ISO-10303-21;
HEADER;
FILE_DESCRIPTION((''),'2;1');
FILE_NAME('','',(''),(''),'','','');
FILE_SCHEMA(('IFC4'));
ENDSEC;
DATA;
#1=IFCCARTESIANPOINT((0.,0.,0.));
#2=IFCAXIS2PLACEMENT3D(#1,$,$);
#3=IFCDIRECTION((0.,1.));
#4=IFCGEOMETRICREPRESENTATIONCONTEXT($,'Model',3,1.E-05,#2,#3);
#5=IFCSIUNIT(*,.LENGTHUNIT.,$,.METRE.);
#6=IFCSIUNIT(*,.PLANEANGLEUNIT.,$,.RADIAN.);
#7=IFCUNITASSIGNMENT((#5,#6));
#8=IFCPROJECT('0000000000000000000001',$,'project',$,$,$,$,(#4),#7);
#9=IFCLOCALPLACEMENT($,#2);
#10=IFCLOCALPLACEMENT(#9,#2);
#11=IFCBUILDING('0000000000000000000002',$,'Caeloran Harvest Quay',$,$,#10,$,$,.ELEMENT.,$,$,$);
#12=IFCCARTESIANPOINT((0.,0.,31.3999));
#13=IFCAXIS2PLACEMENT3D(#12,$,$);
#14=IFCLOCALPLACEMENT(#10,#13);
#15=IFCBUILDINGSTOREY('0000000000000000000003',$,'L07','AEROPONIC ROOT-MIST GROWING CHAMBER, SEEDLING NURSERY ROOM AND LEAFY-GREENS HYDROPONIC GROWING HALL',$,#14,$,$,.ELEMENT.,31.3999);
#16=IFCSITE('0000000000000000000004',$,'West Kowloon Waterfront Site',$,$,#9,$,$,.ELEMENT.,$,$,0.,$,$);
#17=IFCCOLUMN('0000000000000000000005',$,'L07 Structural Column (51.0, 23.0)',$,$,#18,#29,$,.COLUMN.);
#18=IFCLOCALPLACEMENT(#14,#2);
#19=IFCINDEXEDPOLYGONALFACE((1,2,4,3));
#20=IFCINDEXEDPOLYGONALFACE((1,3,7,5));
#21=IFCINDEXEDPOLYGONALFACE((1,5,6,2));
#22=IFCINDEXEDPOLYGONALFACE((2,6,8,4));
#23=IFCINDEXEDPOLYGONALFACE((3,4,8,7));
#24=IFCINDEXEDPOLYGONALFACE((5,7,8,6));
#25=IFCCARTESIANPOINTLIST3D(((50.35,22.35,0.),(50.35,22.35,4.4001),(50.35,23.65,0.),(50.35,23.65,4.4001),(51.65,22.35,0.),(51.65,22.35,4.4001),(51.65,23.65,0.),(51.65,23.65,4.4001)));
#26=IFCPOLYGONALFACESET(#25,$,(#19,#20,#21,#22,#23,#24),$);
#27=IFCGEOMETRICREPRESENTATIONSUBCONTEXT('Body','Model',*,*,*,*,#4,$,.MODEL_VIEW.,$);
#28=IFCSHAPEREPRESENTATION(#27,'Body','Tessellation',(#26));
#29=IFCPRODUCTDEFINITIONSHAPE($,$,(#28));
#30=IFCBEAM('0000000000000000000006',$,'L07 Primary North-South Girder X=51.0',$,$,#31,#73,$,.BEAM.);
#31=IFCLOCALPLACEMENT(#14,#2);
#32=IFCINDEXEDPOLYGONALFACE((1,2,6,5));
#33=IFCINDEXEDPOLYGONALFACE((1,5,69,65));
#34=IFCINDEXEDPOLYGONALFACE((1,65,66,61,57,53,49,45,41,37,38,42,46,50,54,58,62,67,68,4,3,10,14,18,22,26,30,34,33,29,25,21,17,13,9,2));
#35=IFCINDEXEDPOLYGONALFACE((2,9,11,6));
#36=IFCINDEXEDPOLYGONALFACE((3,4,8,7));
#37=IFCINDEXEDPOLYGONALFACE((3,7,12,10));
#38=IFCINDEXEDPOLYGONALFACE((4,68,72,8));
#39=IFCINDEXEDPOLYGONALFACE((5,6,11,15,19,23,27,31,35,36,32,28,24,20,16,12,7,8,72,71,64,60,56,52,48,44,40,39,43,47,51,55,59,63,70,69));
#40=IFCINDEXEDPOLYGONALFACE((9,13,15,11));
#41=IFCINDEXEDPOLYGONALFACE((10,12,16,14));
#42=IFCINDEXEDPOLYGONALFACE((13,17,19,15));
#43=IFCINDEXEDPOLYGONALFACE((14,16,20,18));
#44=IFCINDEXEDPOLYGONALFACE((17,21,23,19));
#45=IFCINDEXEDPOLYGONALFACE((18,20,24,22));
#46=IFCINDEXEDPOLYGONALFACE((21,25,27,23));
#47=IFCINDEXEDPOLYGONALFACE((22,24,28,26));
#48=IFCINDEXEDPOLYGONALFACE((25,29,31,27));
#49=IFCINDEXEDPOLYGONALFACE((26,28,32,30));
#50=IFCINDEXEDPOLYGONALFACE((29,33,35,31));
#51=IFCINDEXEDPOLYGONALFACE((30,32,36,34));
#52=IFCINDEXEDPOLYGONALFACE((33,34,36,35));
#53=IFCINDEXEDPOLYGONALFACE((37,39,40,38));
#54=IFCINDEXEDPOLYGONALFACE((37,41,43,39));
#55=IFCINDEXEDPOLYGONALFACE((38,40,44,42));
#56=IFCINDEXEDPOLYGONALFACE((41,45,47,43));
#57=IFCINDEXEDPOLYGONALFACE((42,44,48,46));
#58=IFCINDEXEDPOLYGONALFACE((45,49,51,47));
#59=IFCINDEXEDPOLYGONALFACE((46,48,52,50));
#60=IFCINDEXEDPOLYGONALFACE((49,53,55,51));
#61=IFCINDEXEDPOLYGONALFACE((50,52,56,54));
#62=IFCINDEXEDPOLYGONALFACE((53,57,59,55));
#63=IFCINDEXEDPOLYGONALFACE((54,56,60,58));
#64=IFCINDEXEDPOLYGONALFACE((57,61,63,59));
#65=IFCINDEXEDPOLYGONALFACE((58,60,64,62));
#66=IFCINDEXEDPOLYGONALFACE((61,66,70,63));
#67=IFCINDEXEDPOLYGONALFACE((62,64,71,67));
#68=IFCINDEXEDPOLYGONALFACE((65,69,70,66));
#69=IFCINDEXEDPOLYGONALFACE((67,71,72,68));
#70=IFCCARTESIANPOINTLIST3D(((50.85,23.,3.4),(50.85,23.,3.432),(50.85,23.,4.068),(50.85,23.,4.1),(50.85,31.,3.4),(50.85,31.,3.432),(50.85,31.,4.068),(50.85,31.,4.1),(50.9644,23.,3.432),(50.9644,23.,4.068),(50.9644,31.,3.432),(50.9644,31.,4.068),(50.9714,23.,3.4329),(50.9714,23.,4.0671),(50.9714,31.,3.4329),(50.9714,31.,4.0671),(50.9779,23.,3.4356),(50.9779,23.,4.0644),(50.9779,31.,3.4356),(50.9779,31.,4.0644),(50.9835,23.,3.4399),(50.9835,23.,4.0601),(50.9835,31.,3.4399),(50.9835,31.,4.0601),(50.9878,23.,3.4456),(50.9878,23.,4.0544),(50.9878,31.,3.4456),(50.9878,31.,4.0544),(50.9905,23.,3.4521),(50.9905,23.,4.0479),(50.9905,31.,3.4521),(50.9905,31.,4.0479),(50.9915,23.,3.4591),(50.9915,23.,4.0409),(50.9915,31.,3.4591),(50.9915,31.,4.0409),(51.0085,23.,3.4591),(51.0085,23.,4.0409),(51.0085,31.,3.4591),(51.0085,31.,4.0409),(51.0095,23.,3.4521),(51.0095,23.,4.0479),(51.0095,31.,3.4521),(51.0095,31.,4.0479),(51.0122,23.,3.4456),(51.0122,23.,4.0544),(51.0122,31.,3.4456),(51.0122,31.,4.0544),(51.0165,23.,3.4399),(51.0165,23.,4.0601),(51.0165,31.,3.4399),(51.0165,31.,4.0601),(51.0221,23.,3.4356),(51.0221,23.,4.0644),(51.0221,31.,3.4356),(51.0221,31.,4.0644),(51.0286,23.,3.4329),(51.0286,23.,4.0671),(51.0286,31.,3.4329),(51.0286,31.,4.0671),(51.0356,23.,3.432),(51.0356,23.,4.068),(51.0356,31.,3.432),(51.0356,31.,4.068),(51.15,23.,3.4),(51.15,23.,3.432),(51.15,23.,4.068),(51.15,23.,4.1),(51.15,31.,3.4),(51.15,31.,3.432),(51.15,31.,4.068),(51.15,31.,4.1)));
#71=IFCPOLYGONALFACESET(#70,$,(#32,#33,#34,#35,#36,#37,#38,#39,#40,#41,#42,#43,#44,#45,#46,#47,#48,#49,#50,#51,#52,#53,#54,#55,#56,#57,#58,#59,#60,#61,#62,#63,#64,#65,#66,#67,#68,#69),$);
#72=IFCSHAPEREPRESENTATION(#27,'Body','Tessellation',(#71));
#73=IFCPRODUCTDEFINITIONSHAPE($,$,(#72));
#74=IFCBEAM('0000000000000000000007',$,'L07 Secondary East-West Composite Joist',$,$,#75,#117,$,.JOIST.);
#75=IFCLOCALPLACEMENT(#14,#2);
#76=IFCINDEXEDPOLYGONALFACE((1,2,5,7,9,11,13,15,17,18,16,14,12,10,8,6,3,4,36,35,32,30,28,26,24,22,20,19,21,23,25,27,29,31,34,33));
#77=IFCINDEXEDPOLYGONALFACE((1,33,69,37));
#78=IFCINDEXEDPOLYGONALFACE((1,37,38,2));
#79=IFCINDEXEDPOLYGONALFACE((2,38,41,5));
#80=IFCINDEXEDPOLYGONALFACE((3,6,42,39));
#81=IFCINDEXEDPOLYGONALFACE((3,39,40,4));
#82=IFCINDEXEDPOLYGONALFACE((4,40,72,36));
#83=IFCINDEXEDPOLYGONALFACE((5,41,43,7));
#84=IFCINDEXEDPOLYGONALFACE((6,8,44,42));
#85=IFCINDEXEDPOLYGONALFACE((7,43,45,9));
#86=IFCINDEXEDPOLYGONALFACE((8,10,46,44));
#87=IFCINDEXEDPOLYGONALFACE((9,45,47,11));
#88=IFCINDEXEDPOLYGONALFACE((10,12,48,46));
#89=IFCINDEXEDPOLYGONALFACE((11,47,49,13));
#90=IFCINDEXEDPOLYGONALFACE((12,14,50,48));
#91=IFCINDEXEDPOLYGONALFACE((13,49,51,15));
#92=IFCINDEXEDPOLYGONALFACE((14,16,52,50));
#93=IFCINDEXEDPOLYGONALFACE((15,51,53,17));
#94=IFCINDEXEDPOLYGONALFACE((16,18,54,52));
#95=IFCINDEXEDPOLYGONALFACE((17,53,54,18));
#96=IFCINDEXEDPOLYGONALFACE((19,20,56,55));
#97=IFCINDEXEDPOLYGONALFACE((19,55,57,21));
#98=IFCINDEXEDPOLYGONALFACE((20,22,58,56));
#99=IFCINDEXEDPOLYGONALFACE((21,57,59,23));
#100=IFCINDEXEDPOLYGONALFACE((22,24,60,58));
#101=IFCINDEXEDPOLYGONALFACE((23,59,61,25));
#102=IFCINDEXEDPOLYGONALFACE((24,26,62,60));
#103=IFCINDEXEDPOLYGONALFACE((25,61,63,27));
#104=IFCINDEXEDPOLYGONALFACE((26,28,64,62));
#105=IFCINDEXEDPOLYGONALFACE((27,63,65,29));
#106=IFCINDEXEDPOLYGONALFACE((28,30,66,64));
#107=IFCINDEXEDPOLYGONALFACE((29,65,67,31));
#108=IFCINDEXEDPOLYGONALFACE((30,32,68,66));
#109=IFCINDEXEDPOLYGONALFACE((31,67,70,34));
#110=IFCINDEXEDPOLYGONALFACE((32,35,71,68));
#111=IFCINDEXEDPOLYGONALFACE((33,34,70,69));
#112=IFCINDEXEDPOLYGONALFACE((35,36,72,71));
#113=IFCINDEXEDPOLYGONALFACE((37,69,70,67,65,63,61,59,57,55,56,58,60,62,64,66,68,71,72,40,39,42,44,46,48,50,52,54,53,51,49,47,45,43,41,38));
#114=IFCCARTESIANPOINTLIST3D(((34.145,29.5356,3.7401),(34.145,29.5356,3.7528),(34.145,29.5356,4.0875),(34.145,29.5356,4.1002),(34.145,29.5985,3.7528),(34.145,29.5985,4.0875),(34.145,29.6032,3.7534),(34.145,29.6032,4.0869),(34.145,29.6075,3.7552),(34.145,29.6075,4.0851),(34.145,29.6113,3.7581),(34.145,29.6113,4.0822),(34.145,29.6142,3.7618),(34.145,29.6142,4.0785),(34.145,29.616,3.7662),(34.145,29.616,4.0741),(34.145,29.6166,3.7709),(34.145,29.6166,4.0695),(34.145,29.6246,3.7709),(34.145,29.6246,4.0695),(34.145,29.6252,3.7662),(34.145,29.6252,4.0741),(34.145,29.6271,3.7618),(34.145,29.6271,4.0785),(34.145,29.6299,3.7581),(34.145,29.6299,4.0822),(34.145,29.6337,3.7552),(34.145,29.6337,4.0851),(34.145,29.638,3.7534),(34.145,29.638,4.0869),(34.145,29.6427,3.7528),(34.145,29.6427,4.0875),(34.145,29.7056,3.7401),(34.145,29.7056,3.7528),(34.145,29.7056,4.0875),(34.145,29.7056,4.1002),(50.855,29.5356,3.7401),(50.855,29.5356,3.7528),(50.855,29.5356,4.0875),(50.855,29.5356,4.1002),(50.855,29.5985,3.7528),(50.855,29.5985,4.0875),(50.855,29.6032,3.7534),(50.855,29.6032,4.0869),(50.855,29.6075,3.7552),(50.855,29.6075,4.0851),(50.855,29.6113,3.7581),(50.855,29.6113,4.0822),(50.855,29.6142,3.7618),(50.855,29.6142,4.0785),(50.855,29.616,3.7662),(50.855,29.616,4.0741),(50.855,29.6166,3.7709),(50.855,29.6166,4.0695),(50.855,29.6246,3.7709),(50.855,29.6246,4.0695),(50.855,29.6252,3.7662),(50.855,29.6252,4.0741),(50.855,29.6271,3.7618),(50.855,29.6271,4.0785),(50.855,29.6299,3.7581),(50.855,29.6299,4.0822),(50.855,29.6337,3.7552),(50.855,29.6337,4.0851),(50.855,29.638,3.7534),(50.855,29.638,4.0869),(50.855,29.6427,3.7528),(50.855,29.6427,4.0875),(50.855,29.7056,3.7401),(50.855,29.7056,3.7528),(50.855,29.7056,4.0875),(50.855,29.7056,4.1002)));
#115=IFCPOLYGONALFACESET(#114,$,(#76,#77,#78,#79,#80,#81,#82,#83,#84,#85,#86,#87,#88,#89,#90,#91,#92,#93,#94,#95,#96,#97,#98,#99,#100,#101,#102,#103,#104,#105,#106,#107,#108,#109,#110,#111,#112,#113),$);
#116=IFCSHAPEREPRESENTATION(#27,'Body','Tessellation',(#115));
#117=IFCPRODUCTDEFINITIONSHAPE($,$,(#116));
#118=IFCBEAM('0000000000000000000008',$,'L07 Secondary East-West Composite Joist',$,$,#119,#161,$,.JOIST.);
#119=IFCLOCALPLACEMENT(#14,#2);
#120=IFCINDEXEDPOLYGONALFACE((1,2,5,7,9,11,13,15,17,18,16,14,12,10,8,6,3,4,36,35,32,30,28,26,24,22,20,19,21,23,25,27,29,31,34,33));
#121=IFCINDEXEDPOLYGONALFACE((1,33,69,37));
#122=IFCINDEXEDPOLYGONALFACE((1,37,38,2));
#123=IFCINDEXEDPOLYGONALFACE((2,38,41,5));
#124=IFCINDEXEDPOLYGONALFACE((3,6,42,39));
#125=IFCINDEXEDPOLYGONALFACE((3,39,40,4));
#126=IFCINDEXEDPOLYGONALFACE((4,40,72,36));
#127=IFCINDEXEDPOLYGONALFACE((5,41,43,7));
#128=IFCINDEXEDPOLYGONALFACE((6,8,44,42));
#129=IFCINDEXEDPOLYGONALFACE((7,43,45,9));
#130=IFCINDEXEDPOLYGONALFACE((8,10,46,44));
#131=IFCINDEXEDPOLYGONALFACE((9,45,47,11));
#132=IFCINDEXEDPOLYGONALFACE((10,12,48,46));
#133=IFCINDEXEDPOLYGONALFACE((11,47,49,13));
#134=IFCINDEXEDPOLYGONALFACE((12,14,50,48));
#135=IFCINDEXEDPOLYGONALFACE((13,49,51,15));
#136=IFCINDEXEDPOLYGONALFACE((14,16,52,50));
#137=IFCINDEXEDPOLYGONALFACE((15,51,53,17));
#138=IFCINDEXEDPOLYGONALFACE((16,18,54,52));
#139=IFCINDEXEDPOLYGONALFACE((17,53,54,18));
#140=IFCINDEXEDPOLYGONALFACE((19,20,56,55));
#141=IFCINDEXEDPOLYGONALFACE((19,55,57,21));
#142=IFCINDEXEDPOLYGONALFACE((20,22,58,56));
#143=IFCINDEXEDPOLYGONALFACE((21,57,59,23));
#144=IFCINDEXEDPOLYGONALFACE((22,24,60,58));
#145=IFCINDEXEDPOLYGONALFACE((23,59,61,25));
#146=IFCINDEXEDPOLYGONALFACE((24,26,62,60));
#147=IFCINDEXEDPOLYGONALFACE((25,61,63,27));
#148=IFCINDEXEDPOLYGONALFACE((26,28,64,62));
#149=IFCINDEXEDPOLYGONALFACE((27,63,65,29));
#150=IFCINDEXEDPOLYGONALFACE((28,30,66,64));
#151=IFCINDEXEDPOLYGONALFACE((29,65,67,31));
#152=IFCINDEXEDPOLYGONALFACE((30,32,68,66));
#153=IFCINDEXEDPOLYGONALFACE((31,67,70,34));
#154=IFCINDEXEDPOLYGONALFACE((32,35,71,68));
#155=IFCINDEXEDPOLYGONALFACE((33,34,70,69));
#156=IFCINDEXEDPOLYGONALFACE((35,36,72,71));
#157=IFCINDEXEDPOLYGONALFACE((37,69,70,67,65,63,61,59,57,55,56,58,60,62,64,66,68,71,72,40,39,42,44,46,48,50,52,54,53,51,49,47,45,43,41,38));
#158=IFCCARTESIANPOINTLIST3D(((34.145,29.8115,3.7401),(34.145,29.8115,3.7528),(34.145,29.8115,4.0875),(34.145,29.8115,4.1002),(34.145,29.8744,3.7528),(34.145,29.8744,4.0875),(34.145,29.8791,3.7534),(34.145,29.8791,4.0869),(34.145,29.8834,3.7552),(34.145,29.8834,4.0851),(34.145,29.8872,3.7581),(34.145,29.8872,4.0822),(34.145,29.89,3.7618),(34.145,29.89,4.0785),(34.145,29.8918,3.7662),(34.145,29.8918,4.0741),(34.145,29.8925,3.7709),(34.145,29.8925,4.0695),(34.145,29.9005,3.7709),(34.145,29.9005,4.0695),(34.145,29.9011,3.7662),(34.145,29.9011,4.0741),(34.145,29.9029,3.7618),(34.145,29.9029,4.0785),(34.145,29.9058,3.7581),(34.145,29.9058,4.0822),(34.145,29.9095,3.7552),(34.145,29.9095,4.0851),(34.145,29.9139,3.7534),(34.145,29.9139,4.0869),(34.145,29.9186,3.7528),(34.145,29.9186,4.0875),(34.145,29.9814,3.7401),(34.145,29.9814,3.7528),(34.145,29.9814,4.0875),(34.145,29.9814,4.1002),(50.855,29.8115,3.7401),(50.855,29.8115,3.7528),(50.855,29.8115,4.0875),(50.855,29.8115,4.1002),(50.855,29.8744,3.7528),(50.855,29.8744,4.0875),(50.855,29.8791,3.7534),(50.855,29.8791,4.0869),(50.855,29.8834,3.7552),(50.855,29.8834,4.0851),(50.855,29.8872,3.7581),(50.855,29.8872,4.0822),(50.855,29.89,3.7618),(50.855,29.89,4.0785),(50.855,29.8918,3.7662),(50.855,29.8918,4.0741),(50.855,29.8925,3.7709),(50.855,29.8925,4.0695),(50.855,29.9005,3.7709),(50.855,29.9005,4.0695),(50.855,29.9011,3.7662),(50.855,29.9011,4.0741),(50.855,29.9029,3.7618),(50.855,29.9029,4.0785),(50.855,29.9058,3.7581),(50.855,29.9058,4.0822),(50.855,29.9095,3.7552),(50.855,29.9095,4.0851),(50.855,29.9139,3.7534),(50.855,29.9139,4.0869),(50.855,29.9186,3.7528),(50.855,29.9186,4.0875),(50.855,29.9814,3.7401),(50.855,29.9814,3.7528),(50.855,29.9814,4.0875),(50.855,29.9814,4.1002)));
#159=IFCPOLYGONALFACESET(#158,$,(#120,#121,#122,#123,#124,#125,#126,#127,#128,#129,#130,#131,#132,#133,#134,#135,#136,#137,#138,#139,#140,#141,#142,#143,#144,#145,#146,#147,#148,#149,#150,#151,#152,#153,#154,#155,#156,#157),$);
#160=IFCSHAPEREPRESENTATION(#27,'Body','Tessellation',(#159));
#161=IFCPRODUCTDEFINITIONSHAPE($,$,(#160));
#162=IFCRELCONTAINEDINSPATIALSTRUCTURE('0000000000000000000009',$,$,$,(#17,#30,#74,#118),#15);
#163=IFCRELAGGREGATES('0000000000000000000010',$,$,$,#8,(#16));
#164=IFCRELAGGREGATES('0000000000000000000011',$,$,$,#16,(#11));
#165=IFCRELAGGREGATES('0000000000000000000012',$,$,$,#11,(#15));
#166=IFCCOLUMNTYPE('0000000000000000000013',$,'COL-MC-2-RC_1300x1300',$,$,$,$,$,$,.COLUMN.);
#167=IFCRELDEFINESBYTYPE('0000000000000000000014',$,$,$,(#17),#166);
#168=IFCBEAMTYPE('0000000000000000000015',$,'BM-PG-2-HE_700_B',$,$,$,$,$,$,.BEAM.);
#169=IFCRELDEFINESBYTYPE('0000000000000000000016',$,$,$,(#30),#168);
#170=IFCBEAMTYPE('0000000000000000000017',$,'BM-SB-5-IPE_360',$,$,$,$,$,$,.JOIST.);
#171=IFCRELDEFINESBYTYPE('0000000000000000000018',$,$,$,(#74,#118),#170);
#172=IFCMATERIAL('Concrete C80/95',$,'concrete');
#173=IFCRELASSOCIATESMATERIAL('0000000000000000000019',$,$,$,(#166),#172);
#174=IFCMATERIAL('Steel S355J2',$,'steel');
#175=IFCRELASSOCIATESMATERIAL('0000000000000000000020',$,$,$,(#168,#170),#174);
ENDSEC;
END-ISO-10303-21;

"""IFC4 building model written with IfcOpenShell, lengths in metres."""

from ifc_helpers import new_model, si_unit, direction, frame, origin, origin_2d, place, context, subcontext, project, spatial, rectangle, i_section, extrude, material, material_profile, profile_set, type_object, element, save


model = new_model("IFC4")

# Units and contexts
model_context = context("Model", 3, precision=1e-05, world=origin(), true_north=direction((0.0, 1.0)))
body_context = subcontext(model_context, "Body", "Model", "MODEL_VIEW")
ifc_project = project(units=[si_unit("LENGTHUNIT", "METRE"), si_unit("PLANEANGLEUNIT", "RADIAN")], contexts=[model_context])

# Site, building, storey
site_placement = place(None, origin())
site = spatial("IfcSite", under=ifc_project, at=site_placement, Name="West Kowloon Waterfront Site", CompositionType="ELEMENT", RefElevation=0.0)
building_placement = place(site_placement, origin())
building = spatial("IfcBuilding", under=site, at=building_placement, Name="Caeloran Harvest Quay", CompositionType="ELEMENT")
storey_placement = place(building_placement, frame((0.0, 0.0, 31.3999)))
storey = spatial("IfcBuildingStorey", under=building, at=storey_placement, Name="L07", Description="AEROPONIC ROOT-MIST GROWING CHAMBER, SEEDLING NURSERY ROOM AND LEAFY-GREENS HYDROPONIC GROWING HALL", CompositionType="ELEMENT", Elevation=31.3999)

# Column
ifc_material_1 = material(Name="Concrete C80/95", Category="concrete")
ifc_material_profile_1 = material_profile(ifc_material_1, rectangle(XDim=1.3, YDim=1.3, at=origin_2d()), Name="RC 1300x1300")
ifc_profile_set_1 = profile_set([ifc_material_profile_1], Name="Concrete C80/95")
column_type = type_object("IfcColumnType", Name="COL-MC-2-RC_1300x1300", PredefinedType="COLUMN", material=ifc_profile_set_1)
column_placement = place(storey_placement, frame((51.0, 23.0, 0.0), z_axis=(0.0, 0.0, 1.0), x_axis=(1.0, 0.0, 0.0)))
element("IfcColumn", 1, at=column_placement, inside=storey, type_object=column_type, Name="L07 Structural Column (51.0, 23.0)", PredefinedType="COLUMN", context=body_context, shape_type="SweptSolid", body=[
    extrude(rectangle(XDim=1.3, YDim=1.3, at=origin_2d()), origin(), (0.0, 0.0, 1.0), 4.4001),
])

# Beams
ifc_material_2 = material(Name="Steel S355J2", Category="steel")
ifc_material_profile_2 = material_profile(ifc_material_2, i_section(OverallWidth=0.3, OverallDepth=0.7, WebThickness=0.0171, FlangeThickness=0.032, FilletRadius=0.0271, at=origin_2d()), Name="HE 700 B")
ifc_profile_set_2 = profile_set([ifc_material_profile_2], Name="Steel S355J2")
beam_type_1 = type_object("IfcBeamType", Name="BM-PG-2-HE_700_B", PredefinedType="BEAM", material=ifc_profile_set_2)
beam_placement = place(storey_placement, frame((51.0, 23.0, 3.75), z_axis=(0.0, 1.0, 0.0), x_axis=(-1.0, 0.0, 0.0)))
element("IfcBeam", 2, at=beam_placement, inside=storey, type_object=beam_type_1, Name="L07 Primary North-South Girder X=51.0", PredefinedType="BEAM", context=body_context, shape_type="SweptSolid", body=[
    extrude(i_section(OverallWidth=0.3, OverallDepth=0.7, WebThickness=0.0171, FlangeThickness=0.032, FilletRadius=0.0271, at=origin_2d()), origin(), (0.0, 0.0, 1.0), 8.0),
])
ifc_material_profile_3 = material_profile(ifc_material_2, i_section(OverallWidth=0.1699, OverallDepth=0.3601, WebThickness=0.0081, FlangeThickness=0.0127, FilletRadius=0.0181, at=origin_2d()), Name="IPE 360")
ifc_profile_set_3 = profile_set([ifc_material_profile_3], Name="Steel S355J2")
beam_type_2 = type_object("IfcBeamType", Name="BM-SB-5-IPE_360", PredefinedType="JOIST", material=ifc_profile_set_3)
for number, where, z_axis, x_axis, name in (
    (3, (34.145, 29.6206, 3.9202), (1.0, 0.0, 0.0), (0.0, 1.0, 0.0), "L07 Secondary East-West Composite Joist"),
    (4, (34.145, 29.8965, 3.9202), (1.0, 0.0, 0.0), (0.0, 1.0, 0.0), "L07 Secondary East-West Composite Joist"),
):
    element("IfcBeam", number, at=place(storey_placement, frame(where, z_axis=z_axis, x_axis=x_axis)), inside=storey, type_object=beam_type_2, Name=name, PredefinedType="JOIST", context=body_context, shape_type="SweptSolid", body=[
        extrude(i_section(OverallWidth=0.1699, OverallDepth=0.3601, WebThickness=0.0081, FlangeThickness=0.0127, FilletRadius=0.0181, at=origin_2d()), origin(), (0.0, 0.0, 1.0), 16.71),
    ])

save(model, "model.ifc")
